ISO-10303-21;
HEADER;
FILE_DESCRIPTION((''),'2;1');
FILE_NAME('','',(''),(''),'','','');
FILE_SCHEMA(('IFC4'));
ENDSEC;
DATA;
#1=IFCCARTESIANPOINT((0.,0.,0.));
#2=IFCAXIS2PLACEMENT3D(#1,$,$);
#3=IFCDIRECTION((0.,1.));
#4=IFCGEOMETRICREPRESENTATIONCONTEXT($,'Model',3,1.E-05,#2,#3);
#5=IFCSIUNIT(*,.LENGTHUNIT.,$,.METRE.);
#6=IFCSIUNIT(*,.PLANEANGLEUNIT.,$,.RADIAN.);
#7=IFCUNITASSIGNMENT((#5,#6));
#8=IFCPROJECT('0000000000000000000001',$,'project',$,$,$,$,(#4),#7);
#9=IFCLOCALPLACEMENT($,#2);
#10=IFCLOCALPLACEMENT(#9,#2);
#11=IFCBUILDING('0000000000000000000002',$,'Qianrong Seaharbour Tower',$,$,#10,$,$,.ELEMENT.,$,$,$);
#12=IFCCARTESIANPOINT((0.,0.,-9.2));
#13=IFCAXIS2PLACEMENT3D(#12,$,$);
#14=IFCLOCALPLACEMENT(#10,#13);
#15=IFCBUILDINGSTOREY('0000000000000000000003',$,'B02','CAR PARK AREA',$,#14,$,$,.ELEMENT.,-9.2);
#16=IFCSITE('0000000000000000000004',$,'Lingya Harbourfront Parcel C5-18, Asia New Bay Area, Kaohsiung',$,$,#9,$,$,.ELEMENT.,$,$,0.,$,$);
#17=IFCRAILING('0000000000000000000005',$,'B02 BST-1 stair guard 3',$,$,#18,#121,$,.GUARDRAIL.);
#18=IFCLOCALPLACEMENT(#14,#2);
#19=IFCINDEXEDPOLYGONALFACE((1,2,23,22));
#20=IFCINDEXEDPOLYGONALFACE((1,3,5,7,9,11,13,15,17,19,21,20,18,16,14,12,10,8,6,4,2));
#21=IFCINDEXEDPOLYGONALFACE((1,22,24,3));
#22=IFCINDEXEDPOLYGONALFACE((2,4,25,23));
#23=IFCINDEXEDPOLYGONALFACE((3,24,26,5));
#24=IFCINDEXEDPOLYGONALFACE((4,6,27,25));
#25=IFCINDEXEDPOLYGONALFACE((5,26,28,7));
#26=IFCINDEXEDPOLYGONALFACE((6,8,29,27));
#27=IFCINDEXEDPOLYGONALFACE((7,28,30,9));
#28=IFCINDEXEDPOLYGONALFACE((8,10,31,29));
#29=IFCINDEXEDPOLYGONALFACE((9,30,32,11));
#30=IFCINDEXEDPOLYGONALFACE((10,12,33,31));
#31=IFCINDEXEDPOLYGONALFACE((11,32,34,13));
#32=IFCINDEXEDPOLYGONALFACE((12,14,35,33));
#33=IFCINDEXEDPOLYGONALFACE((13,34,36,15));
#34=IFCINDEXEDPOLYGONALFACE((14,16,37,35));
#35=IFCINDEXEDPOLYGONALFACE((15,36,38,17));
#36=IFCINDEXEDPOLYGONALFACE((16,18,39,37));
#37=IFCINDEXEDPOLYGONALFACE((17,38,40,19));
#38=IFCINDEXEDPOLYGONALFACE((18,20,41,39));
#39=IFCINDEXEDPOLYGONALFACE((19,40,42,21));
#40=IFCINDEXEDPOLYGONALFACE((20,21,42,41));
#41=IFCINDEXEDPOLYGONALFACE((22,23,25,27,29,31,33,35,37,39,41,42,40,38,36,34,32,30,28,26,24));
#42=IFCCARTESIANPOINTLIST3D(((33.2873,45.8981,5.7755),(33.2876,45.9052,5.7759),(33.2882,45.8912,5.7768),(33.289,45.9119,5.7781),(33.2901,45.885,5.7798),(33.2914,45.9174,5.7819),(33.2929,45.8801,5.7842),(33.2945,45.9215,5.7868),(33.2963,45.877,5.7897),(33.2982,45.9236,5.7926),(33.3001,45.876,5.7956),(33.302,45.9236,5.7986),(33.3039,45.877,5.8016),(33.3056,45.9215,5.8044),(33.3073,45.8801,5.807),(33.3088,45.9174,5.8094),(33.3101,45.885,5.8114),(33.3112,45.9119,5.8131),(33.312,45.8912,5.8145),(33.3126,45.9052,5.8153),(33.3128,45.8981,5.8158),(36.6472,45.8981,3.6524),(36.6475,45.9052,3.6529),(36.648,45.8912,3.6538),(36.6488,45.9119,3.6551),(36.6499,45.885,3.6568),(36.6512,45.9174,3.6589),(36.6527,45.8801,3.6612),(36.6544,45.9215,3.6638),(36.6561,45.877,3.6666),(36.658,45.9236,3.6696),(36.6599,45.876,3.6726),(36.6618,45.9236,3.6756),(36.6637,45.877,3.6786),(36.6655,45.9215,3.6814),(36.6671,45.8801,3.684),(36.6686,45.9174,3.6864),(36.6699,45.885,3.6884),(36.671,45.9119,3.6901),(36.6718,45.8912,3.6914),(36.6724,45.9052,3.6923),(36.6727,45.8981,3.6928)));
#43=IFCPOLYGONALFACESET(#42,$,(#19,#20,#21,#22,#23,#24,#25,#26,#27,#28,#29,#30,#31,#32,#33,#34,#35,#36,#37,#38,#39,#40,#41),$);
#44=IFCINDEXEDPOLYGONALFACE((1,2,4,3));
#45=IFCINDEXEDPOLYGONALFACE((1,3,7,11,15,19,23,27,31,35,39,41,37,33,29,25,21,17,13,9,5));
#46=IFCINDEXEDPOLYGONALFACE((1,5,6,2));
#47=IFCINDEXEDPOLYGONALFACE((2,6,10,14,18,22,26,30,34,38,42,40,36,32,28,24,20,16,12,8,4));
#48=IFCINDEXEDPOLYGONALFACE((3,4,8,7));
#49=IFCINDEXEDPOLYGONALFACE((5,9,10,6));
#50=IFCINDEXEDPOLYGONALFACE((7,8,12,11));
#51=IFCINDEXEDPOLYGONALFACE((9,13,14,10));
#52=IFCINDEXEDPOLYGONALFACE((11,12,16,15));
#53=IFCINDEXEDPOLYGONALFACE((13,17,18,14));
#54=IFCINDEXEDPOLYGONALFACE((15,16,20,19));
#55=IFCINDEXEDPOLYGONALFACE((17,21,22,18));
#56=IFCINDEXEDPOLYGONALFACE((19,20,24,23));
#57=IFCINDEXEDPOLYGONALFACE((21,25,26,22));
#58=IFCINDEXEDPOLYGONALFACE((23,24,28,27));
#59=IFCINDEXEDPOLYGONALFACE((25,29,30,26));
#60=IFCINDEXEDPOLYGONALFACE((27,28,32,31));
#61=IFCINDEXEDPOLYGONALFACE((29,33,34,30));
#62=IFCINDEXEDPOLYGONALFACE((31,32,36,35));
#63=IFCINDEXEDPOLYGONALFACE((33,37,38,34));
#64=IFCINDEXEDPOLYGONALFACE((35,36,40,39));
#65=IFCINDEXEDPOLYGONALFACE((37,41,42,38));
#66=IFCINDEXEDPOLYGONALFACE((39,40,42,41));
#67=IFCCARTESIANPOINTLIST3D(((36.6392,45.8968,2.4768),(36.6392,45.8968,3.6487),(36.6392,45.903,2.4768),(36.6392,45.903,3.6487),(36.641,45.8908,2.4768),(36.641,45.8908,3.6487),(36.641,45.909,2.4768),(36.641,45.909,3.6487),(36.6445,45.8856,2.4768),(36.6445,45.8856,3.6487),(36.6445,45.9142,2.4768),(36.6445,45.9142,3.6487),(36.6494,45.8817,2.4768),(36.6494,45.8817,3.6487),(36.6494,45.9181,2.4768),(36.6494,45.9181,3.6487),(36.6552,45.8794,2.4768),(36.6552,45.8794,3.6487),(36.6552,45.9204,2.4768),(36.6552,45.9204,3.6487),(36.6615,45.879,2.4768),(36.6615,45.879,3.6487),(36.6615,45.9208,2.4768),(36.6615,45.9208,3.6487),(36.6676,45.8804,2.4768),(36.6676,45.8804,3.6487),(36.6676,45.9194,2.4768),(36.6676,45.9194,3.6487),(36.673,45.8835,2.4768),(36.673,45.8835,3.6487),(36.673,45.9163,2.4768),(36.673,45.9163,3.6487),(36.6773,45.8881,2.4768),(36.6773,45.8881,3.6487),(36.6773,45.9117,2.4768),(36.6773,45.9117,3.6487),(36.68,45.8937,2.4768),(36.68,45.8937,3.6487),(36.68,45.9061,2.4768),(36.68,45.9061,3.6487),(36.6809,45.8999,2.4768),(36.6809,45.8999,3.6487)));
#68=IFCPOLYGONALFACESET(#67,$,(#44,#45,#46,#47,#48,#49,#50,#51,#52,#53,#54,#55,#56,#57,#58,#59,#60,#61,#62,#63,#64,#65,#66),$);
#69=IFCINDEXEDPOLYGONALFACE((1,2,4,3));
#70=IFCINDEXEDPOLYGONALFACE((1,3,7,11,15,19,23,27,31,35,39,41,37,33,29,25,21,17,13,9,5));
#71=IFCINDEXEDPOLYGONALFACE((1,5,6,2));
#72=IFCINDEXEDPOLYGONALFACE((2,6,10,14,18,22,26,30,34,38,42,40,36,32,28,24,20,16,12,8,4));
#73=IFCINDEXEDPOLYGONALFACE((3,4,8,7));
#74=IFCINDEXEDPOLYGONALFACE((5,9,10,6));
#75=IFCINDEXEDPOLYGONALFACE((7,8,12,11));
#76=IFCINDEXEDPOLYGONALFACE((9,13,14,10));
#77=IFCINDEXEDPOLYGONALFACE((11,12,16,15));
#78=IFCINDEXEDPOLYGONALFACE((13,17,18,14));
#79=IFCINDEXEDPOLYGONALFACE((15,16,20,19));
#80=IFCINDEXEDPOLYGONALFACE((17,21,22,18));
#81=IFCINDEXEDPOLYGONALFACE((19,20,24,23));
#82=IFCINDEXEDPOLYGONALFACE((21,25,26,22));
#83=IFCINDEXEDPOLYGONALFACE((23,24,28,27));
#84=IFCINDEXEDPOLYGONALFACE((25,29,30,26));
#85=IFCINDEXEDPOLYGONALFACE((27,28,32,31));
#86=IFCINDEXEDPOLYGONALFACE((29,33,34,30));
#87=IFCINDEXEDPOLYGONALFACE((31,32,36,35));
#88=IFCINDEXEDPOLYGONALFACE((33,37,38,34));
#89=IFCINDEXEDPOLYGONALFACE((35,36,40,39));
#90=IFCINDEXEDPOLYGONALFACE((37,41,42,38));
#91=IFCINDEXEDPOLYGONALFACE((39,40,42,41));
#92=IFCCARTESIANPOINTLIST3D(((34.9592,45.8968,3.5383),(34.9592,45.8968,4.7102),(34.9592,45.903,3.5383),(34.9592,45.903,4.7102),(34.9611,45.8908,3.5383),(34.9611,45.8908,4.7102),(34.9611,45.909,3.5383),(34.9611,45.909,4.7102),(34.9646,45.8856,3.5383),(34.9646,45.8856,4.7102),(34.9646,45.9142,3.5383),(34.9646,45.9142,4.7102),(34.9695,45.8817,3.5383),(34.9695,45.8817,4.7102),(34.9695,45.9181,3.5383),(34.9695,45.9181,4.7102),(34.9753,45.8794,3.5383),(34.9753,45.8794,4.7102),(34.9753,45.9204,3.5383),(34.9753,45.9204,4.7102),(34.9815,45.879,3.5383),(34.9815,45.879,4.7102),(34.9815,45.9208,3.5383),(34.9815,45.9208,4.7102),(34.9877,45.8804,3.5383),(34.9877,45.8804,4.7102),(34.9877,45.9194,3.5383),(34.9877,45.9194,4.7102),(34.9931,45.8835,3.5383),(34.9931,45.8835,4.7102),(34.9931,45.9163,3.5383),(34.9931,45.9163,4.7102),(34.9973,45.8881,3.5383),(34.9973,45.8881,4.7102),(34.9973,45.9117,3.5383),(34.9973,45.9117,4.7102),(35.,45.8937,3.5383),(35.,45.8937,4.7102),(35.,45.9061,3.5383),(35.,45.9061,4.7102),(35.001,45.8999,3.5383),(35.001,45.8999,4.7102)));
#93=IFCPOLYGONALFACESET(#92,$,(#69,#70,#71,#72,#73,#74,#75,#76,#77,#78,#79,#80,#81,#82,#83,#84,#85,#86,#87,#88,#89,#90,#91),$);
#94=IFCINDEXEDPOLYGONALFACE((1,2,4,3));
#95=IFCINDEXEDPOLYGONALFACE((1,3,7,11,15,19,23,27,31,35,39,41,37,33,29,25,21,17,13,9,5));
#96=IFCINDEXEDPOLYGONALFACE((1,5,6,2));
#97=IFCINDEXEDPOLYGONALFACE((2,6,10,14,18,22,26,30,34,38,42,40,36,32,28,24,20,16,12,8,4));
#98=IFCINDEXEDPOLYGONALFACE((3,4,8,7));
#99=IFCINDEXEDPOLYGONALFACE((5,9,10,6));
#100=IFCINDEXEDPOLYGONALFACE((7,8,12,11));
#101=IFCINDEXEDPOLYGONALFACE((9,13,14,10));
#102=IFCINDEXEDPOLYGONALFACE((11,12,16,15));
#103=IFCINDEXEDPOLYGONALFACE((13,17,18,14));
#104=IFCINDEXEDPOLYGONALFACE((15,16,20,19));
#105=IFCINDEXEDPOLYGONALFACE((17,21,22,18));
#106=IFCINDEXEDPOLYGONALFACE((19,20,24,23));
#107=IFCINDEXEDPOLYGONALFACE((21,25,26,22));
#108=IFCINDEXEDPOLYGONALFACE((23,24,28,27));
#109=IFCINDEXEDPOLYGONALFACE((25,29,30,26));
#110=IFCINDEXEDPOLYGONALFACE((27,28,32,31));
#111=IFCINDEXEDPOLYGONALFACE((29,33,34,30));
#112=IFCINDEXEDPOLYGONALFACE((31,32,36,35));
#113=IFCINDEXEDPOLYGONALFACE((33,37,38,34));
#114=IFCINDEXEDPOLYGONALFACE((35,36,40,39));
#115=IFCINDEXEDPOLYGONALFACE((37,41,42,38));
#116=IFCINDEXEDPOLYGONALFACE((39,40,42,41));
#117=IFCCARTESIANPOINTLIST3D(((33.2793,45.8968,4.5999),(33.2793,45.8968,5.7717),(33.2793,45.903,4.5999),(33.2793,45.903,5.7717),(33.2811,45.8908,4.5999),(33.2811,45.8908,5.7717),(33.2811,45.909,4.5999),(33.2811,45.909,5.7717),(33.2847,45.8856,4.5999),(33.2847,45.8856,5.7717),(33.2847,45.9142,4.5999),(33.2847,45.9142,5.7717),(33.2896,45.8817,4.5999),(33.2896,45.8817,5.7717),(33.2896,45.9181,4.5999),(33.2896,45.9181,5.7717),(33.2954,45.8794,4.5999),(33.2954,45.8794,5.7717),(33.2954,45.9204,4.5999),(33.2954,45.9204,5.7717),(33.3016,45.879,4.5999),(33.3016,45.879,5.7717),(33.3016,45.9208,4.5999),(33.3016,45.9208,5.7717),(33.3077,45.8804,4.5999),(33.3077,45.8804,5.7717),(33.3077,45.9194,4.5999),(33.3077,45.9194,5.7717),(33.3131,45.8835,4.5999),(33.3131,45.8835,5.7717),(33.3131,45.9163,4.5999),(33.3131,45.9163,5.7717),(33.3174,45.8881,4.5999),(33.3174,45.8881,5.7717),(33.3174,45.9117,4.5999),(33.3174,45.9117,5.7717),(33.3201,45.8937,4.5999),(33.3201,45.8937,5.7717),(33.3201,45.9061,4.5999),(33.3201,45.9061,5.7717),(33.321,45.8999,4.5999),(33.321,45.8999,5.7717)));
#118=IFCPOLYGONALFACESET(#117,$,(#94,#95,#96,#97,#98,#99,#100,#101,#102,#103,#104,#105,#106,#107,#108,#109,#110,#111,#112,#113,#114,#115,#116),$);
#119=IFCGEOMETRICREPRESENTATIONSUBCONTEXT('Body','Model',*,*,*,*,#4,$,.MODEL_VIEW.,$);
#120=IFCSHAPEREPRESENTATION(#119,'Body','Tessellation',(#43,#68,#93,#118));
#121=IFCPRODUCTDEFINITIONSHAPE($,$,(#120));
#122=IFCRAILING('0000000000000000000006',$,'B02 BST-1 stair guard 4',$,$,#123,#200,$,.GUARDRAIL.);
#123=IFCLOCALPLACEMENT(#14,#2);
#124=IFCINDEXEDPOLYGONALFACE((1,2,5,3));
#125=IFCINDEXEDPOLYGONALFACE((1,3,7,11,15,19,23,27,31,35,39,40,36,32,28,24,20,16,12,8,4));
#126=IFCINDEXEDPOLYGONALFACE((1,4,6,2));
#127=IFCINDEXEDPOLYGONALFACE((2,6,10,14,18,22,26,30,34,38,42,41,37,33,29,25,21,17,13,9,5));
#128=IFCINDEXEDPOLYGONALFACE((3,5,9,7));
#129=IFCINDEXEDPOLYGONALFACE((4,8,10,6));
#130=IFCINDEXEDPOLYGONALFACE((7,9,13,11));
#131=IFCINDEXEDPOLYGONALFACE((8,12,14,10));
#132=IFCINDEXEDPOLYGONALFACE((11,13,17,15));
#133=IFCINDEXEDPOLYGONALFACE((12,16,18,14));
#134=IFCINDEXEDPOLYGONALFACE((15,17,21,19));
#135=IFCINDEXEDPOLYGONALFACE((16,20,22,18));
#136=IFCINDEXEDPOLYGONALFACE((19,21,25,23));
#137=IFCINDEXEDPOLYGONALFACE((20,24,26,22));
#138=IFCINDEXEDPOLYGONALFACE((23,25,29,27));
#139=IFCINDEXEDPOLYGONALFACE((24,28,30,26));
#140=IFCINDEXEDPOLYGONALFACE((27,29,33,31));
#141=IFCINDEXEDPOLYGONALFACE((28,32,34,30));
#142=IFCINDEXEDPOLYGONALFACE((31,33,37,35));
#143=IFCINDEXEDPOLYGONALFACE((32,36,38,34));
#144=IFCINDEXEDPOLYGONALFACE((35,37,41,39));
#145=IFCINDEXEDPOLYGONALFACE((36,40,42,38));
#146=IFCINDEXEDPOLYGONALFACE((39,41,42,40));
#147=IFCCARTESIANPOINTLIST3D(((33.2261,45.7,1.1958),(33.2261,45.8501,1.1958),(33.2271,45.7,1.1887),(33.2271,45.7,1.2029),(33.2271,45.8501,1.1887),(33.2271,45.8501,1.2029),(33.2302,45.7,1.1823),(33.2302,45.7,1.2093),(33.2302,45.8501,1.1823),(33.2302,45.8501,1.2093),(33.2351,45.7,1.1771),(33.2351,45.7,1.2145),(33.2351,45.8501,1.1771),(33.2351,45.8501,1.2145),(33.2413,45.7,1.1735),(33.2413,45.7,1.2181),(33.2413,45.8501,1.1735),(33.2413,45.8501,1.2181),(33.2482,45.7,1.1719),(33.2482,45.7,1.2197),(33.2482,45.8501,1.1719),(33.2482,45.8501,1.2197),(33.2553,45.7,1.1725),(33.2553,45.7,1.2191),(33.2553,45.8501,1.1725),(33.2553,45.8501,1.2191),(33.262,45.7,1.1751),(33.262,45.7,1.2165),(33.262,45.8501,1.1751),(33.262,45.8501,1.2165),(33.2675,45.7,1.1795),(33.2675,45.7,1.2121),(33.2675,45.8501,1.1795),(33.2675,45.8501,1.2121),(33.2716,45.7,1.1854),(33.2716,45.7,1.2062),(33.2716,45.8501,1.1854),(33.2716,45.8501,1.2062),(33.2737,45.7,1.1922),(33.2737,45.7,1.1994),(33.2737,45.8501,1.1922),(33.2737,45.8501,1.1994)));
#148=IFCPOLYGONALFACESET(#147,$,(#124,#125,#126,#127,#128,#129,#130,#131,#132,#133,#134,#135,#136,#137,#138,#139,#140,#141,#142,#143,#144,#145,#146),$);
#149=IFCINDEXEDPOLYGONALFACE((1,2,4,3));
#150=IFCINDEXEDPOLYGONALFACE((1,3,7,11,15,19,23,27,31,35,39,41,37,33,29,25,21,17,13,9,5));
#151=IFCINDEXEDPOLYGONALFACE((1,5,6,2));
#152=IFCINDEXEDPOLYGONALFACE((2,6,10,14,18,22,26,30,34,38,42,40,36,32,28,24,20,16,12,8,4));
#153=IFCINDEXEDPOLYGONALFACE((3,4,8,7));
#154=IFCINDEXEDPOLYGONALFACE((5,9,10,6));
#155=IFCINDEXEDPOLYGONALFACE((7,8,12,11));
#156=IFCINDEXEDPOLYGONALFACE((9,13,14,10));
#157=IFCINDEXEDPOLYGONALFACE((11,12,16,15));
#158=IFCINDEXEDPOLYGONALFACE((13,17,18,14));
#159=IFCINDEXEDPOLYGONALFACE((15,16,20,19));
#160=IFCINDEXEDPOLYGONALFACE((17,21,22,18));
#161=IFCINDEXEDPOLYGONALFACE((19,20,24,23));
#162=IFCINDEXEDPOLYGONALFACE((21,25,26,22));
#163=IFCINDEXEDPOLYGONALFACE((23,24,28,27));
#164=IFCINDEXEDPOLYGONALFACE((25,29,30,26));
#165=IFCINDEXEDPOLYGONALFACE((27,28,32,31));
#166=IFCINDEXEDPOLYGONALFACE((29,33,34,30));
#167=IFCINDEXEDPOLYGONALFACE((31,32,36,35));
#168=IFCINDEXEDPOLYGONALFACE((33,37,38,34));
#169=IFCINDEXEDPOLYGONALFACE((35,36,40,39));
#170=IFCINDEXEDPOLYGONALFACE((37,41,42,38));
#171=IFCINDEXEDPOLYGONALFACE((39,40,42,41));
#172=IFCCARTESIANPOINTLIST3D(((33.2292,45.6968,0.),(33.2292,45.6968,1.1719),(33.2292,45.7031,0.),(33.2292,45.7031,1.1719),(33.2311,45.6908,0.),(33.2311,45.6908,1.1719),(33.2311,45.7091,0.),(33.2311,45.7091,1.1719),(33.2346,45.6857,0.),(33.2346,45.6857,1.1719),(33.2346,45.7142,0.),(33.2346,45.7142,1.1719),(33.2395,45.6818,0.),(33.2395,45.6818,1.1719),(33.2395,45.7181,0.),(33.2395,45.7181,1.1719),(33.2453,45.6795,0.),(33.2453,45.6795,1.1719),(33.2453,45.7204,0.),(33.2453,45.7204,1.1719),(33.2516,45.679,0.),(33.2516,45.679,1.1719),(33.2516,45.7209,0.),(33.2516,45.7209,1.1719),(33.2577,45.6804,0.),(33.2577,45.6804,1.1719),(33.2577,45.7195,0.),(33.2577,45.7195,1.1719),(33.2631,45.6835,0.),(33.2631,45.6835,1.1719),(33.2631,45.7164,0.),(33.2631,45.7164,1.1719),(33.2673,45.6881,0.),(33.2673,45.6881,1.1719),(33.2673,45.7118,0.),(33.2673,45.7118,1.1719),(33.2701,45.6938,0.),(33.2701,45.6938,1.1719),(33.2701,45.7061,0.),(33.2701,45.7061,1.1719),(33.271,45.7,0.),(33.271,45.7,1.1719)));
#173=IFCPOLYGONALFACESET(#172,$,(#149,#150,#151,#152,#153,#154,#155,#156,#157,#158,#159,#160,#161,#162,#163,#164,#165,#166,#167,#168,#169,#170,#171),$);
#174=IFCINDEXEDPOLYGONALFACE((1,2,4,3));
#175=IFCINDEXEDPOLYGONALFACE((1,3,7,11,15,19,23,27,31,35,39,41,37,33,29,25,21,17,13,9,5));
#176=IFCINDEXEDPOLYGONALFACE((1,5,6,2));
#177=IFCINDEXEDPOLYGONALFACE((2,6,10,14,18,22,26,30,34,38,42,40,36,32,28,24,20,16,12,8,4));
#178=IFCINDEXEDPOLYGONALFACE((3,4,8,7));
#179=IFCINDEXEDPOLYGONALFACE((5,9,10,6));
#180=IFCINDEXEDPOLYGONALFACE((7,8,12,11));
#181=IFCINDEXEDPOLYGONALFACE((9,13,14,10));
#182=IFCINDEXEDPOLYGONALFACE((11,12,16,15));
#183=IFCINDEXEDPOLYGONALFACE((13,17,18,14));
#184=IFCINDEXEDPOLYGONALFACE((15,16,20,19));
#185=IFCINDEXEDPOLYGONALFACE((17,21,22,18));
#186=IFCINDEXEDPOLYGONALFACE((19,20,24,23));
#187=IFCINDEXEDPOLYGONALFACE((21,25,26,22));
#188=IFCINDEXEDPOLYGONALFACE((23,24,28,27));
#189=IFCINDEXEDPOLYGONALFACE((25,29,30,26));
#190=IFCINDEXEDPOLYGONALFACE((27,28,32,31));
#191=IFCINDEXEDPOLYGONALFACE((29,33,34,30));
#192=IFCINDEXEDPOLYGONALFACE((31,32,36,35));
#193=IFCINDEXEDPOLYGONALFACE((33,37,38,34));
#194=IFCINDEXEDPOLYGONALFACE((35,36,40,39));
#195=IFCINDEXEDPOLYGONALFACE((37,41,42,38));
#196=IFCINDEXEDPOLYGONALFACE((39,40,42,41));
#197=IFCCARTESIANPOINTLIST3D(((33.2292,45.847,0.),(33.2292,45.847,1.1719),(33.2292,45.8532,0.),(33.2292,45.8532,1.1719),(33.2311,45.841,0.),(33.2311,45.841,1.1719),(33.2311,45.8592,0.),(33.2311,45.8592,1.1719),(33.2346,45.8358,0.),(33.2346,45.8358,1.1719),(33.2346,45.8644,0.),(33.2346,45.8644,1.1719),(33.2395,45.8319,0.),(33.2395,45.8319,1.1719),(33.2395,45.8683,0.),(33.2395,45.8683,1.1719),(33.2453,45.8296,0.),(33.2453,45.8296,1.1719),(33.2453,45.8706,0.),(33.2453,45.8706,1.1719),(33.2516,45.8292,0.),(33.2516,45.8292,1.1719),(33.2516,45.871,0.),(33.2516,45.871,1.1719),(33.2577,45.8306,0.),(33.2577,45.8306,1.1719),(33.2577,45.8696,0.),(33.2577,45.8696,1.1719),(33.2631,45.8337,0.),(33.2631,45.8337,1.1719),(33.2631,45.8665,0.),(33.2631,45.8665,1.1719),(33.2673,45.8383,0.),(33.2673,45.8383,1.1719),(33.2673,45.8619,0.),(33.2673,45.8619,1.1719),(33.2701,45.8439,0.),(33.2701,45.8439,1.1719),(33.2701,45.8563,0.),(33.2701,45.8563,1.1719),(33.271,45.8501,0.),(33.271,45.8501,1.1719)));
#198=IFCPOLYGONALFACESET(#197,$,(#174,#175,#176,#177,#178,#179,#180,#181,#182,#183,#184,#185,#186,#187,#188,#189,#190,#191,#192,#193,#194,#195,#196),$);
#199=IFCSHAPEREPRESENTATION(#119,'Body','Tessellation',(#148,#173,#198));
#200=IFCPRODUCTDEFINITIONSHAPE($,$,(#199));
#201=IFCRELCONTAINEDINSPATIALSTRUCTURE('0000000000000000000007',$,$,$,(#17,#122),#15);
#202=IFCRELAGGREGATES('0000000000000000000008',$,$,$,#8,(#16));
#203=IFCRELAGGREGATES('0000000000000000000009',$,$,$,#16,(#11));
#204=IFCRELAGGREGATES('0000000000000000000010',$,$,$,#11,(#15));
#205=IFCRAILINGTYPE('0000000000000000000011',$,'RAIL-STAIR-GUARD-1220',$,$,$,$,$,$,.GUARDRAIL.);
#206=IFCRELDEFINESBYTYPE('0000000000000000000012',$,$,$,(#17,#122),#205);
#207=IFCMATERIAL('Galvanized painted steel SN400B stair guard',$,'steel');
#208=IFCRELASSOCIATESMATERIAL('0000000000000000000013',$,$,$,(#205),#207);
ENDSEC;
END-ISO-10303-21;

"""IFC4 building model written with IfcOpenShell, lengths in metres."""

from ifc_helpers import new_model, si_unit, direction, frame, origin, origin_2d, place, context, subcontext, project, spatial, circle, extrude, material, type_object, element, save


model = new_model("IFC4")

# Units and contexts
model_context = context("Model", 3, precision=1e-05, world=origin(), true_north=direction((0.0, 1.0)))
body_context = subcontext(model_context, "Body", "Model", "MODEL_VIEW")
ifc_project = project(units=[si_unit("LENGTHUNIT", "METRE"), si_unit("PLANEANGLEUNIT", "RADIAN")], contexts=[model_context])

# Site, building, storey
site_placement = place(None, origin())
site = spatial("IfcSite", under=ifc_project, at=site_placement, Name="Lingya Harbourfront Parcel C5-18, Asia New Bay Area, Kaohsiung", CompositionType="ELEMENT", RefElevation=0.0)
building_placement = place(site_placement, origin())
building = spatial("IfcBuilding", under=site, at=building_placement, Name="Qianrong Seaharbour Tower", CompositionType="ELEMENT")
storey_placement = place(building_placement, frame((0.0, 0.0, -9.2)))
storey = spatial("IfcBuildingStorey", under=building, at=storey_placement, Name="B02", Description="CAR PARK AREA", CompositionType="ELEMENT", Elevation=-9.2)

# Railings
ifc_material_1 = material(Name="Galvanized painted steel SN400B stair guard", Category="steel")
railing_type_1 = type_object("IfcRailingType", Name="RAIL-STAIR-GUARD-1220", PredefinedType="GUARDRAIL", material=ifc_material_1)
railing_1_placement = place(storey_placement, frame((36.6599, 45.8999, 2.4768)))
element("IfcRailing", 1, at=railing_1_placement, inside=storey, type_object=railing_type_1, Name="B02 BST-1 stair guard 3", PredefinedType="GUARDRAIL", context=body_context, shape_type="SweptSolid", body=[
    extrude(circle(Radius=0.0239, at=origin_2d()), frame((0.0, 0.0, 1.1958), z_axis=(-0.845372, 0.0, 0.534178), x_axis=(0.0, -1.0, 0.0)), (0.0, 0.0, 1.0), 3.9744),
    extrude(circle(Radius=0.021, at=origin_2d()), origin(), (0.0, 0.0, 1.0), 1.1719),
    extrude(circle(Radius=0.021, at=origin_2d()), frame((-1.6799, 0.0, 1.0615)), (0.0, 0.0, 1.0), 1.1719),
    extrude(circle(Radius=0.021, at=origin_2d()), frame((-3.3599, 0.0, 2.123)), (0.0, 0.0, 1.0), 1.1719),
])
railing_2_placement = place(storey_placement, frame((33.25, 45.7, 0.0)))
element("IfcRailing", 2, at=railing_2_placement, inside=storey, type_object=railing_type_1, Name="B02 BST-1 stair guard 4", PredefinedType="GUARDRAIL", context=body_context, shape_type="SweptSolid", body=[
    extrude(circle(Radius=0.0239, at=origin_2d()), frame((0.0, 0.0, 1.1958), z_axis=(0.0, 1.0, 0.0), x_axis=(-1.0, 0.0, 0.0)), (0.0, 0.0, 1.0), 0.1501),
    extrude(circle(Radius=0.021, at=origin_2d()), origin(), (0.0, 0.0, 1.0), 1.1719),
    extrude(circle(Radius=0.021, at=origin_2d()), frame((0.0, 0.1501, 0.0)), (0.0, 0.0, 1.0), 1.1719),
])

save(model, "model.ifc")
